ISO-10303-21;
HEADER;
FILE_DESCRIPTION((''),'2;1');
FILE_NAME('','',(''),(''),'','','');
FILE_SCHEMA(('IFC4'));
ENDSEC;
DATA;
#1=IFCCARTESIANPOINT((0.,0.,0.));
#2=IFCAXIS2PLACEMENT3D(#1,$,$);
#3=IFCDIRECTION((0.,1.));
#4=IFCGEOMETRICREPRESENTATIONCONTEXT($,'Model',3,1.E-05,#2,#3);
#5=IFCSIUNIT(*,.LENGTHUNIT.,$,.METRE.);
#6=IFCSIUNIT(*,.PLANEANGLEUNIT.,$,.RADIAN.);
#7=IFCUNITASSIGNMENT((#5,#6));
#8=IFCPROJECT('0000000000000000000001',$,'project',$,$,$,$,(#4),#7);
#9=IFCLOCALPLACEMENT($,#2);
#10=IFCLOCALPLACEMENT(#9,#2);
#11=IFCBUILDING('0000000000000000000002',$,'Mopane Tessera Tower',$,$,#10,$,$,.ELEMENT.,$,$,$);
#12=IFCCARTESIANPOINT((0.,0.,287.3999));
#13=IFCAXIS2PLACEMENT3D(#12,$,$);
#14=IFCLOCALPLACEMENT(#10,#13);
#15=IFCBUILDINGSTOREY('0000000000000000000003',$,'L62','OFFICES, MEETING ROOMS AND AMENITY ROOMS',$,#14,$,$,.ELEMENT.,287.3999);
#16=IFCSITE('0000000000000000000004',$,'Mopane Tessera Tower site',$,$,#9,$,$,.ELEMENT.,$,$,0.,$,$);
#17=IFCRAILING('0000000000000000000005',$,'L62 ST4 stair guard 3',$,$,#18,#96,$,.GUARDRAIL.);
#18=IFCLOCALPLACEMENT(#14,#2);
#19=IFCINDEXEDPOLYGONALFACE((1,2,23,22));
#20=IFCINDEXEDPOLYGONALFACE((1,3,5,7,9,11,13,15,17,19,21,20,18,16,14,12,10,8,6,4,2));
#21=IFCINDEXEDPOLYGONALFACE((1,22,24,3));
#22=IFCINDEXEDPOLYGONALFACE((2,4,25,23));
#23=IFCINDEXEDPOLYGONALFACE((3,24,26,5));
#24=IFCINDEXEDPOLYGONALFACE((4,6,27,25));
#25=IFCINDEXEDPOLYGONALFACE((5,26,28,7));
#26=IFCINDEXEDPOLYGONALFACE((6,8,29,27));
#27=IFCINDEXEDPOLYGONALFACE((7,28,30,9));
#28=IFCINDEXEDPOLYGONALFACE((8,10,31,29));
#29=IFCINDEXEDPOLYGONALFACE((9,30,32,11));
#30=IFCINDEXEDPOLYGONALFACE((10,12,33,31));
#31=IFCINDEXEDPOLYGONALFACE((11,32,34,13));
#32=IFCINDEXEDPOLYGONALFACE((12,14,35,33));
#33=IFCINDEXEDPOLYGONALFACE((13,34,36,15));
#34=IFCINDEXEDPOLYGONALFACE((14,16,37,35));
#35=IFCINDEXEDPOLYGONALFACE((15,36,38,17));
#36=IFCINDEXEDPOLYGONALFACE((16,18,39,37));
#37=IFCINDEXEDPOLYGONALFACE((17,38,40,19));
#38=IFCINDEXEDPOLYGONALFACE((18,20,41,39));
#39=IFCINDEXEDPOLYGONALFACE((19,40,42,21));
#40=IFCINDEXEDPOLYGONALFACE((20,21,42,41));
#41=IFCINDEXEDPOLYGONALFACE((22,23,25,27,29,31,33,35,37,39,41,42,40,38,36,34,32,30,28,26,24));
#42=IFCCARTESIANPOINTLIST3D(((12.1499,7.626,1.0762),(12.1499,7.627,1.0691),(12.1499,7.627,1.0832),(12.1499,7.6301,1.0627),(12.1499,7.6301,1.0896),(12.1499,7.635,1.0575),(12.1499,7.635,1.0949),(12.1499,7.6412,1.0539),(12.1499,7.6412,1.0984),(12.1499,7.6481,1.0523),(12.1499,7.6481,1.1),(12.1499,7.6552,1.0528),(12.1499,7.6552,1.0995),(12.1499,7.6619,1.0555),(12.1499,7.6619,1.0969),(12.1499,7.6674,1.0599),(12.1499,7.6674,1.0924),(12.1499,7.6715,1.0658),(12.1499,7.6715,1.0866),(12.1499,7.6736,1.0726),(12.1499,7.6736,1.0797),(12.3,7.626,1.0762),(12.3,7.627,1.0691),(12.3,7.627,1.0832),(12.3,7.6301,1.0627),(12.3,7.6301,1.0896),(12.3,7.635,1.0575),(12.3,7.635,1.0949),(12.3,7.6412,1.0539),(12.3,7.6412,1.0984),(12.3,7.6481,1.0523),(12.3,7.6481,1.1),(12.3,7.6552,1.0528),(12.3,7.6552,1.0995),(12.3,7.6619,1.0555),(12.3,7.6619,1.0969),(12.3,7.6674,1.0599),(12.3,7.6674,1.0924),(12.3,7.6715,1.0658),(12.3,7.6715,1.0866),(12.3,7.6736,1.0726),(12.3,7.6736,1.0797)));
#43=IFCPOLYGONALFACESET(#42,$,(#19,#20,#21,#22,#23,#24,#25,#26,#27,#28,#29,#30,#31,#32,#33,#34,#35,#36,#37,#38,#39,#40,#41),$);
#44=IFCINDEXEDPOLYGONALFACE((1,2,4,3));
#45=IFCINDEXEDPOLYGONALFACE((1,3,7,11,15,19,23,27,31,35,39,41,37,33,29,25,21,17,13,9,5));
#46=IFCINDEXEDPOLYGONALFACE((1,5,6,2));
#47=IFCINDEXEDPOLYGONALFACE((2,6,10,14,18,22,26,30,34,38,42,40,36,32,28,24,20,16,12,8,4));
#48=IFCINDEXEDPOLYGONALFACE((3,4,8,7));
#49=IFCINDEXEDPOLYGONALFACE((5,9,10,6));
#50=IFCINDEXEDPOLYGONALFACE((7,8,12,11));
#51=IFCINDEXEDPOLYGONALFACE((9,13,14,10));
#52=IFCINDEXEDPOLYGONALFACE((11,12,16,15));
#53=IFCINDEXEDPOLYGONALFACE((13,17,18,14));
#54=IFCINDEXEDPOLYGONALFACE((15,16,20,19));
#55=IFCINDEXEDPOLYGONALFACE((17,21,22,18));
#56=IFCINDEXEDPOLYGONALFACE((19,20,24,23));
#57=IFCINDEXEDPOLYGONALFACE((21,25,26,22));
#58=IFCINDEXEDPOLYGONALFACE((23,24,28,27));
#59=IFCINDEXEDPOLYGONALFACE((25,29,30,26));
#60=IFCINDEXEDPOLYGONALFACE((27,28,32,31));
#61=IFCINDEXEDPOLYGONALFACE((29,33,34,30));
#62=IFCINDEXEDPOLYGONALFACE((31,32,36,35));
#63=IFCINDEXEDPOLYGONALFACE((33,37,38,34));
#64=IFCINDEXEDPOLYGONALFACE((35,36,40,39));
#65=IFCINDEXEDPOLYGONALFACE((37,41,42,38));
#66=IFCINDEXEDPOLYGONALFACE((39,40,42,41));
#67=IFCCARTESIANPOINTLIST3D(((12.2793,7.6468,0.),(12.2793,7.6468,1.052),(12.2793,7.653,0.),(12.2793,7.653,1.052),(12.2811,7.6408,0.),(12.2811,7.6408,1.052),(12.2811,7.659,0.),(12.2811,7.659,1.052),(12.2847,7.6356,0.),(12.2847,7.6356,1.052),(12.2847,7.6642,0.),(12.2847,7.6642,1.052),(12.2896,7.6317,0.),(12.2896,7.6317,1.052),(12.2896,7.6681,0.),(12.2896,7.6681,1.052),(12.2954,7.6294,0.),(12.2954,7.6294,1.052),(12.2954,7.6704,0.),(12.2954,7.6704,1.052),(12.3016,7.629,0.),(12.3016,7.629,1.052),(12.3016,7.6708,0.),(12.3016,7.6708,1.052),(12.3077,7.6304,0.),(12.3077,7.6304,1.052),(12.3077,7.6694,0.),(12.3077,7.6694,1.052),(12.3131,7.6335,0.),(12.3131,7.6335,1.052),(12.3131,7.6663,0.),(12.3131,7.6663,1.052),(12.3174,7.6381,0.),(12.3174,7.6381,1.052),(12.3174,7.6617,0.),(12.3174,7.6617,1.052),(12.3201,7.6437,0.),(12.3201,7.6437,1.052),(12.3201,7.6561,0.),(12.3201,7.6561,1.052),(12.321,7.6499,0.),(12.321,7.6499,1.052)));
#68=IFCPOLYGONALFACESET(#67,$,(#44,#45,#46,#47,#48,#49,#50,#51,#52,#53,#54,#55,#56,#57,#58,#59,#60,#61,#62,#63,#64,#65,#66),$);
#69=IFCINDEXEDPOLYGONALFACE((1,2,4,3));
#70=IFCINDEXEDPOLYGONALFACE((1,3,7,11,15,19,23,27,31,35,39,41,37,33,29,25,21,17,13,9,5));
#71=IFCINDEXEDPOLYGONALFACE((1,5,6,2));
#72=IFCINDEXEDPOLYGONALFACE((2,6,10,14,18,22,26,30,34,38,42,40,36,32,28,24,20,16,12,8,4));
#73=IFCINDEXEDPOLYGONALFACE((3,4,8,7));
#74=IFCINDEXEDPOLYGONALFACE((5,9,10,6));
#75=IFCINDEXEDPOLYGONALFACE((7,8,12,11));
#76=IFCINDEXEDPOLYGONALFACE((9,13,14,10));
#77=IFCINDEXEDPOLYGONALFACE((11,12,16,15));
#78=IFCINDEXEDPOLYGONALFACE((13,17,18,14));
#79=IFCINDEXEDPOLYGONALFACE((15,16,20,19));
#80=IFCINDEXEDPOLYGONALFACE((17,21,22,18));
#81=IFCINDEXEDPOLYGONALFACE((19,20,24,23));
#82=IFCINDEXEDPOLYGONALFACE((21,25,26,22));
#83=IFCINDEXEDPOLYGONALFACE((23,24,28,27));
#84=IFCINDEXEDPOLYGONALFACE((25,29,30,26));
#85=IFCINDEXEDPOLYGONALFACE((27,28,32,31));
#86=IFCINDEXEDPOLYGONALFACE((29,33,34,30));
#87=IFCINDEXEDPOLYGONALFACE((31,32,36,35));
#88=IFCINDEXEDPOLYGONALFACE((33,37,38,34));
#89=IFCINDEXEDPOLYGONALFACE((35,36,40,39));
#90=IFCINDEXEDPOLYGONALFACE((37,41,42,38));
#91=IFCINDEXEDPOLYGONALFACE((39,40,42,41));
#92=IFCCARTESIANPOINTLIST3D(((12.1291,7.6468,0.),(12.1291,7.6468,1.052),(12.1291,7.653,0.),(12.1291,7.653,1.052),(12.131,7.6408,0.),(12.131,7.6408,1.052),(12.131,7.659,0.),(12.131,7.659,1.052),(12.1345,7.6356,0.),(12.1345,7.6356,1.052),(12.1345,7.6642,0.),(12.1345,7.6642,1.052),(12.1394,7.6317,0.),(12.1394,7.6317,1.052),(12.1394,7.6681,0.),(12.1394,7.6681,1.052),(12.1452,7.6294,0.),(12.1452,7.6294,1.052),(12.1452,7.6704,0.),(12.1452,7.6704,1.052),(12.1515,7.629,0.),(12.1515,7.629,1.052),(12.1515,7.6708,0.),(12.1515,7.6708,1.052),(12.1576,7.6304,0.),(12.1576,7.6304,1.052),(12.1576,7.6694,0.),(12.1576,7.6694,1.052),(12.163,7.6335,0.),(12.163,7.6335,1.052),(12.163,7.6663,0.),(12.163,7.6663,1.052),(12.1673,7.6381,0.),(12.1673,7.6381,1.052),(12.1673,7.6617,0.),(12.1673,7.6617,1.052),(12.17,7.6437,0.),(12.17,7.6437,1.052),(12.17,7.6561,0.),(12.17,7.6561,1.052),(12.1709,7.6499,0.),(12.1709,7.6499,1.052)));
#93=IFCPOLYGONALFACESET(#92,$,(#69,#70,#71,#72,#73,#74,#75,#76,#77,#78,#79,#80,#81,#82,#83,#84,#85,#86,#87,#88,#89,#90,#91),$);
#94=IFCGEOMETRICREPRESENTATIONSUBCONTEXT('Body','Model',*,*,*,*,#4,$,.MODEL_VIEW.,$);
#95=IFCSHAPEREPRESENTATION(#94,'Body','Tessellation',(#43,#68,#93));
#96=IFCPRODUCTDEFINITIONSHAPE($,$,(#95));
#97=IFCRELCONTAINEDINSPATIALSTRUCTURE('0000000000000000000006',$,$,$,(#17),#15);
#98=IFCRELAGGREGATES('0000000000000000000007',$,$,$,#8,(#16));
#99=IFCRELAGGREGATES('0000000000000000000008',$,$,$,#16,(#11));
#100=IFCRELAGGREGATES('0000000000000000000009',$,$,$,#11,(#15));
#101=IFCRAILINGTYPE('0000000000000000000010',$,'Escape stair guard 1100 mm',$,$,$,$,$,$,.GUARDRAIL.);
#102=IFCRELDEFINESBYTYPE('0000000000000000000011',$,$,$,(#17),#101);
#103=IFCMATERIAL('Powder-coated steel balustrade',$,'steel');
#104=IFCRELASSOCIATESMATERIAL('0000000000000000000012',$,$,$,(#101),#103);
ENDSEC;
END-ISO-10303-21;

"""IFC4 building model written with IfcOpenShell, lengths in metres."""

from ifc_helpers import new_model, si_unit, direction, frame, origin, origin_2d, place, context, subcontext, project, spatial, circle, extrude, material, type_object, element, save


model = new_model("IFC4")

# Units and contexts
model_context = context("Model", 3, precision=1e-05, world=origin(), true_north=direction((0.0, 1.0)))
body_context = subcontext(model_context, "Body", "Model", "MODEL_VIEW")
ifc_project = project(units=[si_unit("LENGTHUNIT", "METRE"), si_unit("PLANEANGLEUNIT", "RADIAN")], contexts=[model_context])

# Site, building, storey
site_placement = place(None, origin())
site = spatial("IfcSite", under=ifc_project, at=site_placement, Name="Mopane Tessera Tower site", CompositionType="ELEMENT", RefElevation=0.0)
building_placement = place(site_placement, origin())
building = spatial("IfcBuilding", under=site, at=building_placement, Name="Mopane Tessera Tower", CompositionType="ELEMENT")
storey_placement = place(building_placement, frame((0.0, 0.0, 287.3999)))
storey = spatial("IfcBuildingStorey", under=building, at=storey_placement, Name="L62", Description="OFFICES, MEETING ROOMS AND AMENITY ROOMS", CompositionType="ELEMENT", Elevation=287.3999)

# Railing
ifc_material_1 = material(Name="Powder-coated steel balustrade", Category="steel")
railing_type_1 = type_object("IfcRailingType", Name="Escape stair guard 1100 mm", PredefinedType="GUARDRAIL", material=ifc_material_1)
railing_1_placement = place(storey_placement, frame((12.3, 7.6499, 0.0)))
element("IfcRailing", 1, at=railing_1_placement, inside=storey, type_object=railing_type_1, Name="L62 ST4 stair guard 3", PredefinedType="GUARDRAIL", context=body_context, shape_type="SweptSolid", body=[
    extrude(circle(Radius=0.0239, at=origin_2d()), frame((0.0, 0.0, 1.0762), z_axis=(-1.0, 0.0, 0.0), x_axis=(0.0, -1.0, 0.0)), (0.0, 0.0, 1.0), 0.1501),
    extrude(circle(Radius=0.021, at=origin_2d()), origin(), (0.0, 0.0, 1.0), 1.052),
    extrude(circle(Radius=0.021, at=origin_2d()), frame((-0.1501, 0.0, 0.0)), (0.0, 0.0, 1.0), 1.052),
])

save(model, "model.ifc")
